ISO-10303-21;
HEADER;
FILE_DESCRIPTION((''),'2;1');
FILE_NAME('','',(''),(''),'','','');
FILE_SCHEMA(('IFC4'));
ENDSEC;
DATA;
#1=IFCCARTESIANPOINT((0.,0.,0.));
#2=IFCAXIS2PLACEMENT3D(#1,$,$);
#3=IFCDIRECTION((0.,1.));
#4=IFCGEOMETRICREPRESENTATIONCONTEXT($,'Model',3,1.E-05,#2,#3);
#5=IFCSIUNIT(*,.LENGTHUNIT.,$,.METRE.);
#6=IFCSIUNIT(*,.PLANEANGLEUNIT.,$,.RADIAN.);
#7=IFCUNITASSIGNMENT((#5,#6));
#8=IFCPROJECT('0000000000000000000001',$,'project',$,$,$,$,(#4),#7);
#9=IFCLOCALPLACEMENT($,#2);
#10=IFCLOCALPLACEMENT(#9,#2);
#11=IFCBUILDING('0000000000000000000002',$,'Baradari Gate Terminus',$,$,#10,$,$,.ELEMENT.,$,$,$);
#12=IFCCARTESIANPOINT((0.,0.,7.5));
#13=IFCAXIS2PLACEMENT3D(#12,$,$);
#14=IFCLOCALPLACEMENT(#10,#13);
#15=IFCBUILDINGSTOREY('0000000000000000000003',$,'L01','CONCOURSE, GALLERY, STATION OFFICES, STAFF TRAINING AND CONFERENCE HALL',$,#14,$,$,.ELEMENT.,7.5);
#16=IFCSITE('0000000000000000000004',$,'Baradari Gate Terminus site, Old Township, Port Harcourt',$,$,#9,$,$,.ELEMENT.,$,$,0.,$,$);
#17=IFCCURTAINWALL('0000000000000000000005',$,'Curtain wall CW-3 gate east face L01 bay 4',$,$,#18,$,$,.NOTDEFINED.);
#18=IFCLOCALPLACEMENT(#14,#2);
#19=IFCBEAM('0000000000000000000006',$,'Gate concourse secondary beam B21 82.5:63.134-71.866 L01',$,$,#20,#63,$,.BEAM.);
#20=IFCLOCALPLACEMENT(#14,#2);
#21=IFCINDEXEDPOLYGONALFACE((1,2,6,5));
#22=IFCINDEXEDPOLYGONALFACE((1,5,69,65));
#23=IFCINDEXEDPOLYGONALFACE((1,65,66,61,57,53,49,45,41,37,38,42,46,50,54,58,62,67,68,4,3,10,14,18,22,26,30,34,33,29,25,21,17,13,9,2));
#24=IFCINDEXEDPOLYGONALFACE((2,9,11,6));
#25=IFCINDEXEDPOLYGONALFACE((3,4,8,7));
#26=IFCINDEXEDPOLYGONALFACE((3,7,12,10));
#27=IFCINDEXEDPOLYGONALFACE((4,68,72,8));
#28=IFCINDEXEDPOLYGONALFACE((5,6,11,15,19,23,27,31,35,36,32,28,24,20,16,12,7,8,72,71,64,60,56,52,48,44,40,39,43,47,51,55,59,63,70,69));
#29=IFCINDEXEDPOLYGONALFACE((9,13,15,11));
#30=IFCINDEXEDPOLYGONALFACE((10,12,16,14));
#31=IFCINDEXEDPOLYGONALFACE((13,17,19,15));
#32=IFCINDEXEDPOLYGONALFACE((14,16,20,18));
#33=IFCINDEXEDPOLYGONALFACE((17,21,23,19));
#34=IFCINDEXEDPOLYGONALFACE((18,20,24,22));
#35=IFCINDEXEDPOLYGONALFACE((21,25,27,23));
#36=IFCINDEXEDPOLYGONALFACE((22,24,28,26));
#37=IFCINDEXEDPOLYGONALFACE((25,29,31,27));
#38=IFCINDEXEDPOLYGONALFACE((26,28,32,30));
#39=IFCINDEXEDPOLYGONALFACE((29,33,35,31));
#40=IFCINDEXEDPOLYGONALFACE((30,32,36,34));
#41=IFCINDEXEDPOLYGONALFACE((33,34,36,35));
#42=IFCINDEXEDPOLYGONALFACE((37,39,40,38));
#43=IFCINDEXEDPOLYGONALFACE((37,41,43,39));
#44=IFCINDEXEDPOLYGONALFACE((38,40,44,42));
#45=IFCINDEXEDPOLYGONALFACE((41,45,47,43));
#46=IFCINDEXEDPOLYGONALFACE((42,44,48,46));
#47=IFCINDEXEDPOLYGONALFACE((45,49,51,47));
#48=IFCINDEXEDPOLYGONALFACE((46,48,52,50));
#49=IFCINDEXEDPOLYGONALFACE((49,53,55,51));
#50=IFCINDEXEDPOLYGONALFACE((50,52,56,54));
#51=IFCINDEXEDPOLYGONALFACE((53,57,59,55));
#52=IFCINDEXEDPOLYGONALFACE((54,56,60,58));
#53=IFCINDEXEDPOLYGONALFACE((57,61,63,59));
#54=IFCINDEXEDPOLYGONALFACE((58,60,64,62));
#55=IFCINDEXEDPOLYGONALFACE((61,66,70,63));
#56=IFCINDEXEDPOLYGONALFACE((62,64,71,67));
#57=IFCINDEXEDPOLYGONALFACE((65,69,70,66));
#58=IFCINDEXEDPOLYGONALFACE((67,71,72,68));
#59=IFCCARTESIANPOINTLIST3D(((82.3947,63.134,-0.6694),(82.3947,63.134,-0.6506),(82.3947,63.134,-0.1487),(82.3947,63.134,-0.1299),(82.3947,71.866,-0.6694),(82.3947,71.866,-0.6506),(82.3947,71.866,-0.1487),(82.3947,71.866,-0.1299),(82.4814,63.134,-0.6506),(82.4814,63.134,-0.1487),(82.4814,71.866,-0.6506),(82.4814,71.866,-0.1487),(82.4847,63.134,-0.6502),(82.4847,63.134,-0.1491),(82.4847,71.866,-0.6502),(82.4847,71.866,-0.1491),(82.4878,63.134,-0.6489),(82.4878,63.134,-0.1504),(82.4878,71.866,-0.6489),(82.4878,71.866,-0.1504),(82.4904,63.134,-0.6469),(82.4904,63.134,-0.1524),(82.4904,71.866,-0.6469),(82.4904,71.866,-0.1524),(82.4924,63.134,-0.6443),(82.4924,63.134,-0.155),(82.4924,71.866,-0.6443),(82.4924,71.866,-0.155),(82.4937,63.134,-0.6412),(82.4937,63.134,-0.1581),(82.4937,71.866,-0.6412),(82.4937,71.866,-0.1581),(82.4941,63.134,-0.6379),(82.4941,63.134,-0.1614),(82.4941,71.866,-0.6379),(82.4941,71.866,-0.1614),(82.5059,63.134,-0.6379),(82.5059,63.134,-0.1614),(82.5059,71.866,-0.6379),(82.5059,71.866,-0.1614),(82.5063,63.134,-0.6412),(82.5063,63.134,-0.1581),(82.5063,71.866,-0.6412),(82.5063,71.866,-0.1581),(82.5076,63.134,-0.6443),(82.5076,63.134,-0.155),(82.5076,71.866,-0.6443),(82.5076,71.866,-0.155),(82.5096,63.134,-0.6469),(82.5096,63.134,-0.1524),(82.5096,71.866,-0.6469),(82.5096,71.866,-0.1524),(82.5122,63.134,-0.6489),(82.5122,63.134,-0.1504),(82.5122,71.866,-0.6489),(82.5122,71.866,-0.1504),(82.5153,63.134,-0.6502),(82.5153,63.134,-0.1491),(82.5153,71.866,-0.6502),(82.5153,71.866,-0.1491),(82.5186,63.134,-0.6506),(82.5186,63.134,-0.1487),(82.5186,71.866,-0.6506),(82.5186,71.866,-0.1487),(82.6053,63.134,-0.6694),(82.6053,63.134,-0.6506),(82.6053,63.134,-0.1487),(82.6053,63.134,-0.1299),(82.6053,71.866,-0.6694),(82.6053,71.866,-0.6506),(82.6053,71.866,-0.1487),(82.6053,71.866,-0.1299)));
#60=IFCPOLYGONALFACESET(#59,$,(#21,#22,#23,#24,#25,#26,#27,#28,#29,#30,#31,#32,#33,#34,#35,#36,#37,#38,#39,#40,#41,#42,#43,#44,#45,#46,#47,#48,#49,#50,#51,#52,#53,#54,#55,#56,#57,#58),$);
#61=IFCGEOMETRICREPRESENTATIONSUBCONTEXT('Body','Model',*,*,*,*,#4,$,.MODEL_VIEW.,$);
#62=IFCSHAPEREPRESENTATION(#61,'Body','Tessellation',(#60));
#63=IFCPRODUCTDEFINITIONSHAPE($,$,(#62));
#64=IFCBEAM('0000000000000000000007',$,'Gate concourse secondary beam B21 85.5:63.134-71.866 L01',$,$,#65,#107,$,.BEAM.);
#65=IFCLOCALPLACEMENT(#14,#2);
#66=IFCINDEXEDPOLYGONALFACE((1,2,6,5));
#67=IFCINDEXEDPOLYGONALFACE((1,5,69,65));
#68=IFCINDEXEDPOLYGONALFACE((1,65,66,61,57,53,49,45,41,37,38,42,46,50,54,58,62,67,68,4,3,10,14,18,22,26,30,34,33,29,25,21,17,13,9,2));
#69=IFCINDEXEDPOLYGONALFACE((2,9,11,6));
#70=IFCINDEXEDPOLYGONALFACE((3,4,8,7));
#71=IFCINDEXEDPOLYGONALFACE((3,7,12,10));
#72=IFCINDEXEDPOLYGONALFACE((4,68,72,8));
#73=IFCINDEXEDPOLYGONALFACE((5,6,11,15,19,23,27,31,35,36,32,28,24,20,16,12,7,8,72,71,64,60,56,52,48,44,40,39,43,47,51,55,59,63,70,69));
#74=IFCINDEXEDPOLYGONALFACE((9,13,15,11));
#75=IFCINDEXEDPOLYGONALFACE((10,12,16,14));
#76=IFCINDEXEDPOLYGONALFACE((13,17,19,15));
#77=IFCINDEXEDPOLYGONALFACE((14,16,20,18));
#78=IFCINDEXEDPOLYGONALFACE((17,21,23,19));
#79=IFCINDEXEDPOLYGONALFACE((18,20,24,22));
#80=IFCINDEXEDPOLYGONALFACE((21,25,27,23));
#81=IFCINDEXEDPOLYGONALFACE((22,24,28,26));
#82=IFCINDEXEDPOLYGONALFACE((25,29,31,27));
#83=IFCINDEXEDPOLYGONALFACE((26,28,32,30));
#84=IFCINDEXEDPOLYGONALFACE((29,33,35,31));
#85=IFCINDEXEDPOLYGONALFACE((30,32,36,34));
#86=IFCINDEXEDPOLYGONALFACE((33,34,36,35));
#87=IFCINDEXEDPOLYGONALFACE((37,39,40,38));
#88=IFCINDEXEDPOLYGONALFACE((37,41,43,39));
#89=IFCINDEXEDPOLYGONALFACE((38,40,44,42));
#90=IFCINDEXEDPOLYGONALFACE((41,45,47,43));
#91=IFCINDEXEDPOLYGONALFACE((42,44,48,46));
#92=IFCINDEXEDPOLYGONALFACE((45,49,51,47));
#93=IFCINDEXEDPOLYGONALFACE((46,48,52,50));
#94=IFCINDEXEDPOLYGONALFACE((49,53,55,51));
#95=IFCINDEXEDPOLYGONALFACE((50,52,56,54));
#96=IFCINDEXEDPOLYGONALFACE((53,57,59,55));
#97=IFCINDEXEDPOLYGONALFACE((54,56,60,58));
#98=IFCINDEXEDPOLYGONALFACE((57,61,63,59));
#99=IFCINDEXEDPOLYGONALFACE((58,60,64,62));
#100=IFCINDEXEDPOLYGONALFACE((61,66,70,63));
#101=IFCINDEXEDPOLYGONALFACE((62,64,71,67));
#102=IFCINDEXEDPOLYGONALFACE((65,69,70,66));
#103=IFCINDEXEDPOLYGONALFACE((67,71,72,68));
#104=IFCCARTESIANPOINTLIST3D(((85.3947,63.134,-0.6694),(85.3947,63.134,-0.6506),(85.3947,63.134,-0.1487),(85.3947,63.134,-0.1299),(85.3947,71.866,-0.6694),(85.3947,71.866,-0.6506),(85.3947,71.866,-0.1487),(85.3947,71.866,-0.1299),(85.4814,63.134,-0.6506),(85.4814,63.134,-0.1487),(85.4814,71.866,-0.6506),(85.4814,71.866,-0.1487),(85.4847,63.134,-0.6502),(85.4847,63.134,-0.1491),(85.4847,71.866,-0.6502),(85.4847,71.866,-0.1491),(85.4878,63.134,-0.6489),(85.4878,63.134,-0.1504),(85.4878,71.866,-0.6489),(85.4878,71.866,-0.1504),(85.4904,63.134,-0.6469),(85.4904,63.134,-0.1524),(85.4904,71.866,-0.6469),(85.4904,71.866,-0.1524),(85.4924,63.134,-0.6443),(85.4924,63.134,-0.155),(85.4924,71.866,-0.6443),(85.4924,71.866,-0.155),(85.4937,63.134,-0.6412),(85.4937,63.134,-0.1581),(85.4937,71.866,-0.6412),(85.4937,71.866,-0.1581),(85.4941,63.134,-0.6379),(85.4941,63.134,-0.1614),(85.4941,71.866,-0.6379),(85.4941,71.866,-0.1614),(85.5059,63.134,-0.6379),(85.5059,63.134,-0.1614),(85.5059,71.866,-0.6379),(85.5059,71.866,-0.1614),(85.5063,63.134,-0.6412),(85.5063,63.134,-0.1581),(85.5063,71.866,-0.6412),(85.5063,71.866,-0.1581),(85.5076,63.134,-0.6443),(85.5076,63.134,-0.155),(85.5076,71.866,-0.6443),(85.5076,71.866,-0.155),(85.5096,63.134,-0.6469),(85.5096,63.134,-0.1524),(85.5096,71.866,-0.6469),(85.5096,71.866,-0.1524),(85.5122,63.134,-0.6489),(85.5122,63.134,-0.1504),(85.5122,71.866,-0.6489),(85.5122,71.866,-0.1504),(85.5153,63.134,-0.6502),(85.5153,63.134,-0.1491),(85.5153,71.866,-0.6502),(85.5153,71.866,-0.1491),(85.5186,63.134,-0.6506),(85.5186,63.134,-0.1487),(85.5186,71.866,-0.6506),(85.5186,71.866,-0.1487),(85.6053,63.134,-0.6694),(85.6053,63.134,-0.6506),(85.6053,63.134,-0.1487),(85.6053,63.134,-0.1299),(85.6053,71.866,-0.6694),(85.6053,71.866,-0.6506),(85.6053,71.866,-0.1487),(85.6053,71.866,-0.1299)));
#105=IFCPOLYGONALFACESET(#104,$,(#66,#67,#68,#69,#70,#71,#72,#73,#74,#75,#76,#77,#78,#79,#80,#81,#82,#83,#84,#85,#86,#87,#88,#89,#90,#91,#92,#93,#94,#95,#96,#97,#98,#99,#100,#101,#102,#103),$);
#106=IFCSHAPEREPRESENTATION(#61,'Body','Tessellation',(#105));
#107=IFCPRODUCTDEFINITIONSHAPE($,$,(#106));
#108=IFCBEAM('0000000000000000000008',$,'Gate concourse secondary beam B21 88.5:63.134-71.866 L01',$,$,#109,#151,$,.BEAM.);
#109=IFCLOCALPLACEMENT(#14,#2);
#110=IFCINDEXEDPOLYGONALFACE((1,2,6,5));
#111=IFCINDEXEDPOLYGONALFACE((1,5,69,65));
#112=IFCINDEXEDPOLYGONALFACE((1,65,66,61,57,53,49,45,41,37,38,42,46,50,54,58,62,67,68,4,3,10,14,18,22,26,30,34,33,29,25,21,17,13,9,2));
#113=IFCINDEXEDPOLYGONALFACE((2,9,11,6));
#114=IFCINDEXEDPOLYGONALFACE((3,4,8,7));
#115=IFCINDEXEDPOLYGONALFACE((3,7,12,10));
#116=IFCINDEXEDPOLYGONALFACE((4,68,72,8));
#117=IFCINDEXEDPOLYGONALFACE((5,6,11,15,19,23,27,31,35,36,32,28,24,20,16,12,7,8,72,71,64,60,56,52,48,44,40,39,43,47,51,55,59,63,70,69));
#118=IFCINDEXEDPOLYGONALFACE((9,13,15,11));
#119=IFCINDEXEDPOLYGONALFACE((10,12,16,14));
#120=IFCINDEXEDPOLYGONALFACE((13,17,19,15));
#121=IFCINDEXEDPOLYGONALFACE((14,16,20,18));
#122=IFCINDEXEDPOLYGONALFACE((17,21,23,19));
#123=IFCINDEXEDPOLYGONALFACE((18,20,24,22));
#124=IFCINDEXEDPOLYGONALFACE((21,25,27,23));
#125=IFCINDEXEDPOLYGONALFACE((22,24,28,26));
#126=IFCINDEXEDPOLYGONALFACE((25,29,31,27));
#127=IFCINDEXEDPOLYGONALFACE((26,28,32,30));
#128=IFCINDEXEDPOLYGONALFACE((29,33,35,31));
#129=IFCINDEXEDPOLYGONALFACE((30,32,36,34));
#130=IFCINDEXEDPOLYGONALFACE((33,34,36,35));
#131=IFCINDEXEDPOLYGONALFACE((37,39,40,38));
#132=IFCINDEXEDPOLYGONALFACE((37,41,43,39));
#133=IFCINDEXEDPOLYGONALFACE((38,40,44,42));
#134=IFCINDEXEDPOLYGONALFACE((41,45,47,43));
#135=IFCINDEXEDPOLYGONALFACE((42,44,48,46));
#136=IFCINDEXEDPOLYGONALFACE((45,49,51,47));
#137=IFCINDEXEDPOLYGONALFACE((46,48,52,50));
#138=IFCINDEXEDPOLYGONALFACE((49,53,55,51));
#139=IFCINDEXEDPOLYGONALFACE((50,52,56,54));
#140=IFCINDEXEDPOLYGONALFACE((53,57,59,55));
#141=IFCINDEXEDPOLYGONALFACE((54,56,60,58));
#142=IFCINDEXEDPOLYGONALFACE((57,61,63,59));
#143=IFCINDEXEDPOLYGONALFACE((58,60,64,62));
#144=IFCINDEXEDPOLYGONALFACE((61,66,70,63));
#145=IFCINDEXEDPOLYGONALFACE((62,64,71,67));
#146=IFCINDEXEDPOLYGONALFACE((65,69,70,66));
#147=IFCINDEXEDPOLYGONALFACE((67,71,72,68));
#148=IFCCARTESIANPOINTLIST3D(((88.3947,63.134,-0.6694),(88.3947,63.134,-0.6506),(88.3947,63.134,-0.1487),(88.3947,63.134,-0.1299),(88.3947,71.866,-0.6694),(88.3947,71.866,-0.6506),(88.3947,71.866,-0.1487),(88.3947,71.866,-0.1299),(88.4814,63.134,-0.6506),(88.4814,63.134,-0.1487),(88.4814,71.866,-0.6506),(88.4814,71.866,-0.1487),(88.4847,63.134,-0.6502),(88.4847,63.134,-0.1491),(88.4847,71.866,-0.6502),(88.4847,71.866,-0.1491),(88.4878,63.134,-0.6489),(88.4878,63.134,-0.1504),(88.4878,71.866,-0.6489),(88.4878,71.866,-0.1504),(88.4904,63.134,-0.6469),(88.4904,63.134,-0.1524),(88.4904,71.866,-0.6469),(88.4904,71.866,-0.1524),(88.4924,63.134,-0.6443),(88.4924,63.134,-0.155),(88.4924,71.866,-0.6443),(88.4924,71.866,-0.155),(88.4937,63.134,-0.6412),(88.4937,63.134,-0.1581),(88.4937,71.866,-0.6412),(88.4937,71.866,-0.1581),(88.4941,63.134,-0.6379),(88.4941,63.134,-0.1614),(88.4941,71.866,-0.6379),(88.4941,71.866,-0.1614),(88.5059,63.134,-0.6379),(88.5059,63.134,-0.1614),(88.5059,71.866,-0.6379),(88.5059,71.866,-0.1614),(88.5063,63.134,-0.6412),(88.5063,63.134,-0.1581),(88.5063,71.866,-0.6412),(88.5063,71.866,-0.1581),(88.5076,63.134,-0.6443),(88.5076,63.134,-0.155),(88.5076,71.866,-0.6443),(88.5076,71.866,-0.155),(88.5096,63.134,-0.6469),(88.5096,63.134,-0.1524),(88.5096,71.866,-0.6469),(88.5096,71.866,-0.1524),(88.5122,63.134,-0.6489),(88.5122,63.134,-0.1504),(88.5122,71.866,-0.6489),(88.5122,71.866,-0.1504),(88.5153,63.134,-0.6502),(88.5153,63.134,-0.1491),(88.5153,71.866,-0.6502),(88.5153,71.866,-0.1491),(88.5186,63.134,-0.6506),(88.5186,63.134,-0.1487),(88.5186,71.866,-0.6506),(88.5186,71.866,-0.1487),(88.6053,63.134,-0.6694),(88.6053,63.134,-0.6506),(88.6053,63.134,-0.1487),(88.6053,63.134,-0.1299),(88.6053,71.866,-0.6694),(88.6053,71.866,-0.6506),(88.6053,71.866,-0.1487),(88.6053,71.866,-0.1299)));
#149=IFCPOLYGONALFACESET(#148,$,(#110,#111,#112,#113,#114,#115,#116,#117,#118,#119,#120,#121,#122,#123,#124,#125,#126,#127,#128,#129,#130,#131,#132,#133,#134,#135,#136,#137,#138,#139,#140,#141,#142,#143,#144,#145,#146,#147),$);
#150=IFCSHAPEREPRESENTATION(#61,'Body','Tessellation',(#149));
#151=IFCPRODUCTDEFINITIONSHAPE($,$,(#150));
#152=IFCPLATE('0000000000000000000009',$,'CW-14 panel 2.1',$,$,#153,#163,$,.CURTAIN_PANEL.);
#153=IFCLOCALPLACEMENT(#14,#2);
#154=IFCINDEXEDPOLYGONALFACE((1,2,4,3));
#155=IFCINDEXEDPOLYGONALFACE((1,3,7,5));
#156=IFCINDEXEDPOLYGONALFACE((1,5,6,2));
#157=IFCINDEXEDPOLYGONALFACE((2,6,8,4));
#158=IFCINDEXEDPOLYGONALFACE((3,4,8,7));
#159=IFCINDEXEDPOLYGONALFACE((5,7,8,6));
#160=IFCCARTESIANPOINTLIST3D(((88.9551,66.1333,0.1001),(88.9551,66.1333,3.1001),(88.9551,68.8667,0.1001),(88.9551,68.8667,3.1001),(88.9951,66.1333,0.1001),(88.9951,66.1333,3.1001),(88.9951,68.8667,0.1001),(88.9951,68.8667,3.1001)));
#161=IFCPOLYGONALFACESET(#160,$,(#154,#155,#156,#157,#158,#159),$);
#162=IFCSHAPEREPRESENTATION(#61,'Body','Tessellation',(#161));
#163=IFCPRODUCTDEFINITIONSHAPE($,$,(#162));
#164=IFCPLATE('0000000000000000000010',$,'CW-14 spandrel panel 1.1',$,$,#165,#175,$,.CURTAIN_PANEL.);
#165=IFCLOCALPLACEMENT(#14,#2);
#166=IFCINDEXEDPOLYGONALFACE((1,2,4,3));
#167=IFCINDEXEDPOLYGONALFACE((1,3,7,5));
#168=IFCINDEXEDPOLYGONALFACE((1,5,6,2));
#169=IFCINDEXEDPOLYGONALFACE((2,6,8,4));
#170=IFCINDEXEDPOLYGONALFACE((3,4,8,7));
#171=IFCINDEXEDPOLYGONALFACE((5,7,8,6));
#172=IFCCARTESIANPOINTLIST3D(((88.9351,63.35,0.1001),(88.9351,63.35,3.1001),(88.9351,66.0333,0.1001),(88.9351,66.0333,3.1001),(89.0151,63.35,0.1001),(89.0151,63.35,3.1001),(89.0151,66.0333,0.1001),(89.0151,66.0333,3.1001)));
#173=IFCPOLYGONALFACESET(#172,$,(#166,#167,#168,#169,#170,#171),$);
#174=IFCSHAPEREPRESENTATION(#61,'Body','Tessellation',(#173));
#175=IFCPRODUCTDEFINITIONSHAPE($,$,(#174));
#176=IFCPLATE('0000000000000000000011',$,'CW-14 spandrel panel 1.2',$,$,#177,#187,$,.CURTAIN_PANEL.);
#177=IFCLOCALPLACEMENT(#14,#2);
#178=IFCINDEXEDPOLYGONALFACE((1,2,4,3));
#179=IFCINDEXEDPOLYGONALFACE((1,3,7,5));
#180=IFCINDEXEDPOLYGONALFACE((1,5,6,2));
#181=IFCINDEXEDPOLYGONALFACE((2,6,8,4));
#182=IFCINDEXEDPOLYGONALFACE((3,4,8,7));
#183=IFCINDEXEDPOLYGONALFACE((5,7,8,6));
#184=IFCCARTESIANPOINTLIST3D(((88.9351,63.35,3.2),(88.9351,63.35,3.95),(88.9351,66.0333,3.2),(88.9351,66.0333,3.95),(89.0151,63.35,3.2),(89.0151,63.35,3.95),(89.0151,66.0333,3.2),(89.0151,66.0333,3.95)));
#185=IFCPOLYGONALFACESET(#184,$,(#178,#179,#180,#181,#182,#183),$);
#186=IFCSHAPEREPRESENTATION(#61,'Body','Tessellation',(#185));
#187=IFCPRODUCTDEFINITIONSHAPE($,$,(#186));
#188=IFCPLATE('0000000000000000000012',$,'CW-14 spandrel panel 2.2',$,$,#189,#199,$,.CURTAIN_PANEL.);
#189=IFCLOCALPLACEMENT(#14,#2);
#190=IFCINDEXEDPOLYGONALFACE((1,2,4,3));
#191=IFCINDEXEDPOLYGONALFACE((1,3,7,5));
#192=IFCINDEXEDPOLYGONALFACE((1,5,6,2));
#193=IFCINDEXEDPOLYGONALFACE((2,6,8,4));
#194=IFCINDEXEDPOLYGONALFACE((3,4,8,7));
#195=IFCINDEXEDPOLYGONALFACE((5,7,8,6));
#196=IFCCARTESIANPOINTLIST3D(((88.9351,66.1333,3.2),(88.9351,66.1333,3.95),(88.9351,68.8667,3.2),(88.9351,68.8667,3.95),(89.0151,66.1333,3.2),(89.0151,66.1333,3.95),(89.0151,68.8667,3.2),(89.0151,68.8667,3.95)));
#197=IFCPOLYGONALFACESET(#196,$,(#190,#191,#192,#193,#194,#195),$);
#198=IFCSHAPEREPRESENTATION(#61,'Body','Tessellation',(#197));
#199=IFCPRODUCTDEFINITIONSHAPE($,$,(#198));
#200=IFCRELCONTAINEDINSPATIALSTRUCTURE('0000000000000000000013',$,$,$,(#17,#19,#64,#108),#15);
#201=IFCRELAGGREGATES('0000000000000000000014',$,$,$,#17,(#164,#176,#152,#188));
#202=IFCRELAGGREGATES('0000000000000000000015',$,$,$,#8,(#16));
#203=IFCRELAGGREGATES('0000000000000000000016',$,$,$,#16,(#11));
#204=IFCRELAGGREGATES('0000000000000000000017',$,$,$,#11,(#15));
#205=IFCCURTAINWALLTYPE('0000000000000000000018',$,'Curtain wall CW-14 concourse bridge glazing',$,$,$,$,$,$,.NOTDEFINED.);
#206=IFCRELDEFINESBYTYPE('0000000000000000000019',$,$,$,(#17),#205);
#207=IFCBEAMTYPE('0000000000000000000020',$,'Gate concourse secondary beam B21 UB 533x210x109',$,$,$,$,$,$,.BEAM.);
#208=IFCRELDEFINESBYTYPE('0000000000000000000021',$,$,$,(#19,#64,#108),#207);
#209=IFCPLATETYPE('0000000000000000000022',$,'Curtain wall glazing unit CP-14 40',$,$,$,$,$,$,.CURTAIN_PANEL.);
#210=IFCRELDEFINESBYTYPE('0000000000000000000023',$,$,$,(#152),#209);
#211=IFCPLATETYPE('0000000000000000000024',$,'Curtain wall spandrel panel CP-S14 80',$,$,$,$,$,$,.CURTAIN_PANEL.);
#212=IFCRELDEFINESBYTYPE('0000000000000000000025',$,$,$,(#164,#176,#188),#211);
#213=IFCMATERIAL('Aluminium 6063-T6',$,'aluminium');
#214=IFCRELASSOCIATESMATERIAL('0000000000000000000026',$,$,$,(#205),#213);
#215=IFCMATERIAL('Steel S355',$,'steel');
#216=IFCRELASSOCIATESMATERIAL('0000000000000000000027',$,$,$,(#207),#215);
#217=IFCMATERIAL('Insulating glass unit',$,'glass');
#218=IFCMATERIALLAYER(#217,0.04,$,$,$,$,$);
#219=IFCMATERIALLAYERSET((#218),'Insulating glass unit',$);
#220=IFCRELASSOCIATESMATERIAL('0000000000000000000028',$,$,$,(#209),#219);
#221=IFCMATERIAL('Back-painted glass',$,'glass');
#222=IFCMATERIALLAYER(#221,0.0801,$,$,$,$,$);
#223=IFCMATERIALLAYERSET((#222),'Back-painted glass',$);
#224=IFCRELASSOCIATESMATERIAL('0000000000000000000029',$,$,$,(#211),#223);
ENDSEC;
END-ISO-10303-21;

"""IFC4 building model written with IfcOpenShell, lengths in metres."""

from ifc_helpers import new_model, si_unit, direction, frame, origin, origin_2d, place, context, subcontext, project, spatial, rectangle, i_section, extrude, material, layer, layer_set, material_profile, profile_set, type_object, element, aggregate, save


model = new_model("IFC4")

# Units and contexts
model_context = context("Model", 3, precision=1e-05, world=origin(), true_north=direction((0.0, 1.0)))
body_context = subcontext(model_context, "Body", "Model", "MODEL_VIEW")
ifc_project = project(units=[si_unit("LENGTHUNIT", "METRE"), si_unit("PLANEANGLEUNIT", "RADIAN")], contexts=[model_context])

# Site, building, storey
site_placement = place(None, origin())
site = spatial("IfcSite", under=ifc_project, at=site_placement, Name="Baradari Gate Terminus site, Old Township, Port Harcourt", CompositionType="ELEMENT", RefElevation=0.0)
building_placement = place(site_placement, origin())
building = spatial("IfcBuilding", under=site, at=building_placement, Name="Baradari Gate Terminus", CompositionType="ELEMENT")
storey_placement = place(building_placement, frame((0.0, 0.0, 7.5)))
storey = spatial("IfcBuildingStorey", under=building, at=storey_placement, Name="L01", Description="CONCOURSE, GALLERY, STATION OFFICES, STAFF TRAINING AND CONFERENCE HALL", CompositionType="ELEMENT", Elevation=7.5)

# Shared definitions
ifc_material_1 = material(Name="Aluminium 6063-T6", Category="aluminium")
curtain_wall_type = type_object("IfcCurtainWallType", Name="Curtain wall CW-14 concourse bridge glazing", PredefinedType="NOTDEFINED", material=ifc_material_1)

# Curtain wall
curtain_wall_1_placement = place(storey_placement, origin())
curtain_wall_1 = element("IfcCurtainWall", 1, at=curtain_wall_1_placement, inside=storey, type_object=curtain_wall_type, Name="Curtain wall CW-3 gate east face L01 bay 4", PredefinedType="NOTDEFINED")

# Beams
ifc_material_2 = material(Name="Steel S355", Category="steel")
ifc_material_profile_1 = material_profile(ifc_material_2, i_section(OverallWidth=0.2107, OverallDepth=0.5396, WebThickness=0.0117, FlangeThickness=0.0188, FilletRadius=0.0127, at=origin_2d()), Name="UB 533x210x109")
ifc_profile_set_1 = profile_set([ifc_material_profile_1], Name="Steel S355")
beam_type = type_object("IfcBeamType", Name="Gate concourse secondary beam B21 UB 533x210x109", PredefinedType="BEAM", material=ifc_profile_set_1)
for number, where, z_axis, x_axis, name in (
    (2, (82.5, 63.134, -0.3997), (0.0, 1.0, 0.0), (-1.0, 0.0, 0.0), "Gate concourse secondary beam B21 82.5:63.134-71.866 L01"),
    (3, (85.5, 63.134, -0.3997), (0.0, 1.0, 0.0), (-1.0, 0.0, 0.0), "Gate concourse secondary beam B21 85.5:63.134-71.866 L01"),
    (4, (88.5, 63.134, -0.3997), (0.0, 1.0, 0.0), (-1.0, 0.0, 0.0), "Gate concourse secondary beam B21 88.5:63.134-71.866 L01"),
):
    element("IfcBeam", number, at=place(storey_placement, frame(where, z_axis=z_axis, x_axis=x_axis)), inside=storey, type_object=beam_type, Name=name, PredefinedType="BEAM", context=body_context, shape_type="SweptSolid", body=[
        extrude(i_section(OverallWidth=0.2107, OverallDepth=0.5396, WebThickness=0.0117, FlangeThickness=0.0188, FilletRadius=0.0127, at=origin_2d()), origin(), (0.0, 0.0, 1.0), 8.7319),
    ])

# Plates
ifc_material_3 = material(Name="Insulating glass unit", Category="glass")
ifc_layer_1 = layer(ifc_material_3, 0.04)
ifc_layer_set_1 = layer_set([ifc_layer_1], Name="Insulating glass unit")
plate_type_1 = type_object("IfcPlateType", Name="Curtain wall glazing unit CP-14 40", PredefinedType="CURTAIN_PANEL", material=ifc_layer_set_1)
plate_1_placement = place(storey_placement, frame((88.9751, 67.5, 0.1001), z_axis=(0.0, 0.0, 1.0), x_axis=(0.0, 1.0, 0.0)))
plate_1 = element("IfcPlate", 5, at=plate_1_placement, type_object=plate_type_1, Name="CW-14 panel 2.1", PredefinedType="CURTAIN_PANEL", context=body_context, shape_type="SweptSolid", body=[
    extrude(rectangle(XDim=2.7334, YDim=0.04, at=origin_2d()), origin(), (0.0, 0.0, 1.0), 3.0),
])
ifc_material_4 = material(Name="Back-painted glass", Category="glass")
ifc_layer_2 = layer(ifc_material_4, 0.0801)
ifc_layer_set_2 = layer_set([ifc_layer_2], Name="Back-painted glass")
plate_type_2 = type_object("IfcPlateType", Name="Curtain wall spandrel panel CP-S14 80", PredefinedType="CURTAIN_PANEL", material=ifc_layer_set_2)
plate_2_placement = place(storey_placement, frame((88.9751, 64.6917, 0.1001), z_axis=(0.0, 0.0, 1.0), x_axis=(0.0, 1.0, 0.0)))
plate_2 = element("IfcPlate", 6, at=plate_2_placement, type_object=plate_type_2, Name="CW-14 spandrel panel 1.1", PredefinedType="CURTAIN_PANEL", context=body_context, shape_type="SweptSolid", body=[
    extrude(rectangle(XDim=2.6833, YDim=0.0801, at=origin_2d()), origin(), (0.0, 0.0, 1.0), 3.0),
])
plate_3_placement = place(storey_placement, frame((88.9751, 64.6917, 3.2), z_axis=(0.0, 0.0, 1.0), x_axis=(0.0, 1.0, 0.0)))
plate_3 = element("IfcPlate", 7, at=plate_3_placement, type_object=plate_type_2, Name="CW-14 spandrel panel 1.2", PredefinedType="CURTAIN_PANEL", context=body_context, shape_type="SweptSolid", body=[
    extrude(rectangle(XDim=2.6833, YDim=0.0801, at=origin_2d()), origin(), (0.0, 0.0, 1.0), 0.75),
])
plate_4_placement = place(storey_placement, frame((88.9751, 67.5, 3.2), z_axis=(0.0, 0.0, 1.0), x_axis=(0.0, 1.0, 0.0)))
plate_4 = element("IfcPlate", 8, at=plate_4_placement, type_object=plate_type_2, Name="CW-14 spandrel panel 2.2", PredefinedType="CURTAIN_PANEL", context=body_context, shape_type="SweptSolid", body=[
    extrude(rectangle(XDim=2.7334, YDim=0.0801, at=origin_2d()), origin(), (0.0, 0.0, 1.0), 0.75),
])
aggregate(curtain_wall_1, [plate_2, plate_3, plate_1, plate_4])

save(model, "model.ifc")
